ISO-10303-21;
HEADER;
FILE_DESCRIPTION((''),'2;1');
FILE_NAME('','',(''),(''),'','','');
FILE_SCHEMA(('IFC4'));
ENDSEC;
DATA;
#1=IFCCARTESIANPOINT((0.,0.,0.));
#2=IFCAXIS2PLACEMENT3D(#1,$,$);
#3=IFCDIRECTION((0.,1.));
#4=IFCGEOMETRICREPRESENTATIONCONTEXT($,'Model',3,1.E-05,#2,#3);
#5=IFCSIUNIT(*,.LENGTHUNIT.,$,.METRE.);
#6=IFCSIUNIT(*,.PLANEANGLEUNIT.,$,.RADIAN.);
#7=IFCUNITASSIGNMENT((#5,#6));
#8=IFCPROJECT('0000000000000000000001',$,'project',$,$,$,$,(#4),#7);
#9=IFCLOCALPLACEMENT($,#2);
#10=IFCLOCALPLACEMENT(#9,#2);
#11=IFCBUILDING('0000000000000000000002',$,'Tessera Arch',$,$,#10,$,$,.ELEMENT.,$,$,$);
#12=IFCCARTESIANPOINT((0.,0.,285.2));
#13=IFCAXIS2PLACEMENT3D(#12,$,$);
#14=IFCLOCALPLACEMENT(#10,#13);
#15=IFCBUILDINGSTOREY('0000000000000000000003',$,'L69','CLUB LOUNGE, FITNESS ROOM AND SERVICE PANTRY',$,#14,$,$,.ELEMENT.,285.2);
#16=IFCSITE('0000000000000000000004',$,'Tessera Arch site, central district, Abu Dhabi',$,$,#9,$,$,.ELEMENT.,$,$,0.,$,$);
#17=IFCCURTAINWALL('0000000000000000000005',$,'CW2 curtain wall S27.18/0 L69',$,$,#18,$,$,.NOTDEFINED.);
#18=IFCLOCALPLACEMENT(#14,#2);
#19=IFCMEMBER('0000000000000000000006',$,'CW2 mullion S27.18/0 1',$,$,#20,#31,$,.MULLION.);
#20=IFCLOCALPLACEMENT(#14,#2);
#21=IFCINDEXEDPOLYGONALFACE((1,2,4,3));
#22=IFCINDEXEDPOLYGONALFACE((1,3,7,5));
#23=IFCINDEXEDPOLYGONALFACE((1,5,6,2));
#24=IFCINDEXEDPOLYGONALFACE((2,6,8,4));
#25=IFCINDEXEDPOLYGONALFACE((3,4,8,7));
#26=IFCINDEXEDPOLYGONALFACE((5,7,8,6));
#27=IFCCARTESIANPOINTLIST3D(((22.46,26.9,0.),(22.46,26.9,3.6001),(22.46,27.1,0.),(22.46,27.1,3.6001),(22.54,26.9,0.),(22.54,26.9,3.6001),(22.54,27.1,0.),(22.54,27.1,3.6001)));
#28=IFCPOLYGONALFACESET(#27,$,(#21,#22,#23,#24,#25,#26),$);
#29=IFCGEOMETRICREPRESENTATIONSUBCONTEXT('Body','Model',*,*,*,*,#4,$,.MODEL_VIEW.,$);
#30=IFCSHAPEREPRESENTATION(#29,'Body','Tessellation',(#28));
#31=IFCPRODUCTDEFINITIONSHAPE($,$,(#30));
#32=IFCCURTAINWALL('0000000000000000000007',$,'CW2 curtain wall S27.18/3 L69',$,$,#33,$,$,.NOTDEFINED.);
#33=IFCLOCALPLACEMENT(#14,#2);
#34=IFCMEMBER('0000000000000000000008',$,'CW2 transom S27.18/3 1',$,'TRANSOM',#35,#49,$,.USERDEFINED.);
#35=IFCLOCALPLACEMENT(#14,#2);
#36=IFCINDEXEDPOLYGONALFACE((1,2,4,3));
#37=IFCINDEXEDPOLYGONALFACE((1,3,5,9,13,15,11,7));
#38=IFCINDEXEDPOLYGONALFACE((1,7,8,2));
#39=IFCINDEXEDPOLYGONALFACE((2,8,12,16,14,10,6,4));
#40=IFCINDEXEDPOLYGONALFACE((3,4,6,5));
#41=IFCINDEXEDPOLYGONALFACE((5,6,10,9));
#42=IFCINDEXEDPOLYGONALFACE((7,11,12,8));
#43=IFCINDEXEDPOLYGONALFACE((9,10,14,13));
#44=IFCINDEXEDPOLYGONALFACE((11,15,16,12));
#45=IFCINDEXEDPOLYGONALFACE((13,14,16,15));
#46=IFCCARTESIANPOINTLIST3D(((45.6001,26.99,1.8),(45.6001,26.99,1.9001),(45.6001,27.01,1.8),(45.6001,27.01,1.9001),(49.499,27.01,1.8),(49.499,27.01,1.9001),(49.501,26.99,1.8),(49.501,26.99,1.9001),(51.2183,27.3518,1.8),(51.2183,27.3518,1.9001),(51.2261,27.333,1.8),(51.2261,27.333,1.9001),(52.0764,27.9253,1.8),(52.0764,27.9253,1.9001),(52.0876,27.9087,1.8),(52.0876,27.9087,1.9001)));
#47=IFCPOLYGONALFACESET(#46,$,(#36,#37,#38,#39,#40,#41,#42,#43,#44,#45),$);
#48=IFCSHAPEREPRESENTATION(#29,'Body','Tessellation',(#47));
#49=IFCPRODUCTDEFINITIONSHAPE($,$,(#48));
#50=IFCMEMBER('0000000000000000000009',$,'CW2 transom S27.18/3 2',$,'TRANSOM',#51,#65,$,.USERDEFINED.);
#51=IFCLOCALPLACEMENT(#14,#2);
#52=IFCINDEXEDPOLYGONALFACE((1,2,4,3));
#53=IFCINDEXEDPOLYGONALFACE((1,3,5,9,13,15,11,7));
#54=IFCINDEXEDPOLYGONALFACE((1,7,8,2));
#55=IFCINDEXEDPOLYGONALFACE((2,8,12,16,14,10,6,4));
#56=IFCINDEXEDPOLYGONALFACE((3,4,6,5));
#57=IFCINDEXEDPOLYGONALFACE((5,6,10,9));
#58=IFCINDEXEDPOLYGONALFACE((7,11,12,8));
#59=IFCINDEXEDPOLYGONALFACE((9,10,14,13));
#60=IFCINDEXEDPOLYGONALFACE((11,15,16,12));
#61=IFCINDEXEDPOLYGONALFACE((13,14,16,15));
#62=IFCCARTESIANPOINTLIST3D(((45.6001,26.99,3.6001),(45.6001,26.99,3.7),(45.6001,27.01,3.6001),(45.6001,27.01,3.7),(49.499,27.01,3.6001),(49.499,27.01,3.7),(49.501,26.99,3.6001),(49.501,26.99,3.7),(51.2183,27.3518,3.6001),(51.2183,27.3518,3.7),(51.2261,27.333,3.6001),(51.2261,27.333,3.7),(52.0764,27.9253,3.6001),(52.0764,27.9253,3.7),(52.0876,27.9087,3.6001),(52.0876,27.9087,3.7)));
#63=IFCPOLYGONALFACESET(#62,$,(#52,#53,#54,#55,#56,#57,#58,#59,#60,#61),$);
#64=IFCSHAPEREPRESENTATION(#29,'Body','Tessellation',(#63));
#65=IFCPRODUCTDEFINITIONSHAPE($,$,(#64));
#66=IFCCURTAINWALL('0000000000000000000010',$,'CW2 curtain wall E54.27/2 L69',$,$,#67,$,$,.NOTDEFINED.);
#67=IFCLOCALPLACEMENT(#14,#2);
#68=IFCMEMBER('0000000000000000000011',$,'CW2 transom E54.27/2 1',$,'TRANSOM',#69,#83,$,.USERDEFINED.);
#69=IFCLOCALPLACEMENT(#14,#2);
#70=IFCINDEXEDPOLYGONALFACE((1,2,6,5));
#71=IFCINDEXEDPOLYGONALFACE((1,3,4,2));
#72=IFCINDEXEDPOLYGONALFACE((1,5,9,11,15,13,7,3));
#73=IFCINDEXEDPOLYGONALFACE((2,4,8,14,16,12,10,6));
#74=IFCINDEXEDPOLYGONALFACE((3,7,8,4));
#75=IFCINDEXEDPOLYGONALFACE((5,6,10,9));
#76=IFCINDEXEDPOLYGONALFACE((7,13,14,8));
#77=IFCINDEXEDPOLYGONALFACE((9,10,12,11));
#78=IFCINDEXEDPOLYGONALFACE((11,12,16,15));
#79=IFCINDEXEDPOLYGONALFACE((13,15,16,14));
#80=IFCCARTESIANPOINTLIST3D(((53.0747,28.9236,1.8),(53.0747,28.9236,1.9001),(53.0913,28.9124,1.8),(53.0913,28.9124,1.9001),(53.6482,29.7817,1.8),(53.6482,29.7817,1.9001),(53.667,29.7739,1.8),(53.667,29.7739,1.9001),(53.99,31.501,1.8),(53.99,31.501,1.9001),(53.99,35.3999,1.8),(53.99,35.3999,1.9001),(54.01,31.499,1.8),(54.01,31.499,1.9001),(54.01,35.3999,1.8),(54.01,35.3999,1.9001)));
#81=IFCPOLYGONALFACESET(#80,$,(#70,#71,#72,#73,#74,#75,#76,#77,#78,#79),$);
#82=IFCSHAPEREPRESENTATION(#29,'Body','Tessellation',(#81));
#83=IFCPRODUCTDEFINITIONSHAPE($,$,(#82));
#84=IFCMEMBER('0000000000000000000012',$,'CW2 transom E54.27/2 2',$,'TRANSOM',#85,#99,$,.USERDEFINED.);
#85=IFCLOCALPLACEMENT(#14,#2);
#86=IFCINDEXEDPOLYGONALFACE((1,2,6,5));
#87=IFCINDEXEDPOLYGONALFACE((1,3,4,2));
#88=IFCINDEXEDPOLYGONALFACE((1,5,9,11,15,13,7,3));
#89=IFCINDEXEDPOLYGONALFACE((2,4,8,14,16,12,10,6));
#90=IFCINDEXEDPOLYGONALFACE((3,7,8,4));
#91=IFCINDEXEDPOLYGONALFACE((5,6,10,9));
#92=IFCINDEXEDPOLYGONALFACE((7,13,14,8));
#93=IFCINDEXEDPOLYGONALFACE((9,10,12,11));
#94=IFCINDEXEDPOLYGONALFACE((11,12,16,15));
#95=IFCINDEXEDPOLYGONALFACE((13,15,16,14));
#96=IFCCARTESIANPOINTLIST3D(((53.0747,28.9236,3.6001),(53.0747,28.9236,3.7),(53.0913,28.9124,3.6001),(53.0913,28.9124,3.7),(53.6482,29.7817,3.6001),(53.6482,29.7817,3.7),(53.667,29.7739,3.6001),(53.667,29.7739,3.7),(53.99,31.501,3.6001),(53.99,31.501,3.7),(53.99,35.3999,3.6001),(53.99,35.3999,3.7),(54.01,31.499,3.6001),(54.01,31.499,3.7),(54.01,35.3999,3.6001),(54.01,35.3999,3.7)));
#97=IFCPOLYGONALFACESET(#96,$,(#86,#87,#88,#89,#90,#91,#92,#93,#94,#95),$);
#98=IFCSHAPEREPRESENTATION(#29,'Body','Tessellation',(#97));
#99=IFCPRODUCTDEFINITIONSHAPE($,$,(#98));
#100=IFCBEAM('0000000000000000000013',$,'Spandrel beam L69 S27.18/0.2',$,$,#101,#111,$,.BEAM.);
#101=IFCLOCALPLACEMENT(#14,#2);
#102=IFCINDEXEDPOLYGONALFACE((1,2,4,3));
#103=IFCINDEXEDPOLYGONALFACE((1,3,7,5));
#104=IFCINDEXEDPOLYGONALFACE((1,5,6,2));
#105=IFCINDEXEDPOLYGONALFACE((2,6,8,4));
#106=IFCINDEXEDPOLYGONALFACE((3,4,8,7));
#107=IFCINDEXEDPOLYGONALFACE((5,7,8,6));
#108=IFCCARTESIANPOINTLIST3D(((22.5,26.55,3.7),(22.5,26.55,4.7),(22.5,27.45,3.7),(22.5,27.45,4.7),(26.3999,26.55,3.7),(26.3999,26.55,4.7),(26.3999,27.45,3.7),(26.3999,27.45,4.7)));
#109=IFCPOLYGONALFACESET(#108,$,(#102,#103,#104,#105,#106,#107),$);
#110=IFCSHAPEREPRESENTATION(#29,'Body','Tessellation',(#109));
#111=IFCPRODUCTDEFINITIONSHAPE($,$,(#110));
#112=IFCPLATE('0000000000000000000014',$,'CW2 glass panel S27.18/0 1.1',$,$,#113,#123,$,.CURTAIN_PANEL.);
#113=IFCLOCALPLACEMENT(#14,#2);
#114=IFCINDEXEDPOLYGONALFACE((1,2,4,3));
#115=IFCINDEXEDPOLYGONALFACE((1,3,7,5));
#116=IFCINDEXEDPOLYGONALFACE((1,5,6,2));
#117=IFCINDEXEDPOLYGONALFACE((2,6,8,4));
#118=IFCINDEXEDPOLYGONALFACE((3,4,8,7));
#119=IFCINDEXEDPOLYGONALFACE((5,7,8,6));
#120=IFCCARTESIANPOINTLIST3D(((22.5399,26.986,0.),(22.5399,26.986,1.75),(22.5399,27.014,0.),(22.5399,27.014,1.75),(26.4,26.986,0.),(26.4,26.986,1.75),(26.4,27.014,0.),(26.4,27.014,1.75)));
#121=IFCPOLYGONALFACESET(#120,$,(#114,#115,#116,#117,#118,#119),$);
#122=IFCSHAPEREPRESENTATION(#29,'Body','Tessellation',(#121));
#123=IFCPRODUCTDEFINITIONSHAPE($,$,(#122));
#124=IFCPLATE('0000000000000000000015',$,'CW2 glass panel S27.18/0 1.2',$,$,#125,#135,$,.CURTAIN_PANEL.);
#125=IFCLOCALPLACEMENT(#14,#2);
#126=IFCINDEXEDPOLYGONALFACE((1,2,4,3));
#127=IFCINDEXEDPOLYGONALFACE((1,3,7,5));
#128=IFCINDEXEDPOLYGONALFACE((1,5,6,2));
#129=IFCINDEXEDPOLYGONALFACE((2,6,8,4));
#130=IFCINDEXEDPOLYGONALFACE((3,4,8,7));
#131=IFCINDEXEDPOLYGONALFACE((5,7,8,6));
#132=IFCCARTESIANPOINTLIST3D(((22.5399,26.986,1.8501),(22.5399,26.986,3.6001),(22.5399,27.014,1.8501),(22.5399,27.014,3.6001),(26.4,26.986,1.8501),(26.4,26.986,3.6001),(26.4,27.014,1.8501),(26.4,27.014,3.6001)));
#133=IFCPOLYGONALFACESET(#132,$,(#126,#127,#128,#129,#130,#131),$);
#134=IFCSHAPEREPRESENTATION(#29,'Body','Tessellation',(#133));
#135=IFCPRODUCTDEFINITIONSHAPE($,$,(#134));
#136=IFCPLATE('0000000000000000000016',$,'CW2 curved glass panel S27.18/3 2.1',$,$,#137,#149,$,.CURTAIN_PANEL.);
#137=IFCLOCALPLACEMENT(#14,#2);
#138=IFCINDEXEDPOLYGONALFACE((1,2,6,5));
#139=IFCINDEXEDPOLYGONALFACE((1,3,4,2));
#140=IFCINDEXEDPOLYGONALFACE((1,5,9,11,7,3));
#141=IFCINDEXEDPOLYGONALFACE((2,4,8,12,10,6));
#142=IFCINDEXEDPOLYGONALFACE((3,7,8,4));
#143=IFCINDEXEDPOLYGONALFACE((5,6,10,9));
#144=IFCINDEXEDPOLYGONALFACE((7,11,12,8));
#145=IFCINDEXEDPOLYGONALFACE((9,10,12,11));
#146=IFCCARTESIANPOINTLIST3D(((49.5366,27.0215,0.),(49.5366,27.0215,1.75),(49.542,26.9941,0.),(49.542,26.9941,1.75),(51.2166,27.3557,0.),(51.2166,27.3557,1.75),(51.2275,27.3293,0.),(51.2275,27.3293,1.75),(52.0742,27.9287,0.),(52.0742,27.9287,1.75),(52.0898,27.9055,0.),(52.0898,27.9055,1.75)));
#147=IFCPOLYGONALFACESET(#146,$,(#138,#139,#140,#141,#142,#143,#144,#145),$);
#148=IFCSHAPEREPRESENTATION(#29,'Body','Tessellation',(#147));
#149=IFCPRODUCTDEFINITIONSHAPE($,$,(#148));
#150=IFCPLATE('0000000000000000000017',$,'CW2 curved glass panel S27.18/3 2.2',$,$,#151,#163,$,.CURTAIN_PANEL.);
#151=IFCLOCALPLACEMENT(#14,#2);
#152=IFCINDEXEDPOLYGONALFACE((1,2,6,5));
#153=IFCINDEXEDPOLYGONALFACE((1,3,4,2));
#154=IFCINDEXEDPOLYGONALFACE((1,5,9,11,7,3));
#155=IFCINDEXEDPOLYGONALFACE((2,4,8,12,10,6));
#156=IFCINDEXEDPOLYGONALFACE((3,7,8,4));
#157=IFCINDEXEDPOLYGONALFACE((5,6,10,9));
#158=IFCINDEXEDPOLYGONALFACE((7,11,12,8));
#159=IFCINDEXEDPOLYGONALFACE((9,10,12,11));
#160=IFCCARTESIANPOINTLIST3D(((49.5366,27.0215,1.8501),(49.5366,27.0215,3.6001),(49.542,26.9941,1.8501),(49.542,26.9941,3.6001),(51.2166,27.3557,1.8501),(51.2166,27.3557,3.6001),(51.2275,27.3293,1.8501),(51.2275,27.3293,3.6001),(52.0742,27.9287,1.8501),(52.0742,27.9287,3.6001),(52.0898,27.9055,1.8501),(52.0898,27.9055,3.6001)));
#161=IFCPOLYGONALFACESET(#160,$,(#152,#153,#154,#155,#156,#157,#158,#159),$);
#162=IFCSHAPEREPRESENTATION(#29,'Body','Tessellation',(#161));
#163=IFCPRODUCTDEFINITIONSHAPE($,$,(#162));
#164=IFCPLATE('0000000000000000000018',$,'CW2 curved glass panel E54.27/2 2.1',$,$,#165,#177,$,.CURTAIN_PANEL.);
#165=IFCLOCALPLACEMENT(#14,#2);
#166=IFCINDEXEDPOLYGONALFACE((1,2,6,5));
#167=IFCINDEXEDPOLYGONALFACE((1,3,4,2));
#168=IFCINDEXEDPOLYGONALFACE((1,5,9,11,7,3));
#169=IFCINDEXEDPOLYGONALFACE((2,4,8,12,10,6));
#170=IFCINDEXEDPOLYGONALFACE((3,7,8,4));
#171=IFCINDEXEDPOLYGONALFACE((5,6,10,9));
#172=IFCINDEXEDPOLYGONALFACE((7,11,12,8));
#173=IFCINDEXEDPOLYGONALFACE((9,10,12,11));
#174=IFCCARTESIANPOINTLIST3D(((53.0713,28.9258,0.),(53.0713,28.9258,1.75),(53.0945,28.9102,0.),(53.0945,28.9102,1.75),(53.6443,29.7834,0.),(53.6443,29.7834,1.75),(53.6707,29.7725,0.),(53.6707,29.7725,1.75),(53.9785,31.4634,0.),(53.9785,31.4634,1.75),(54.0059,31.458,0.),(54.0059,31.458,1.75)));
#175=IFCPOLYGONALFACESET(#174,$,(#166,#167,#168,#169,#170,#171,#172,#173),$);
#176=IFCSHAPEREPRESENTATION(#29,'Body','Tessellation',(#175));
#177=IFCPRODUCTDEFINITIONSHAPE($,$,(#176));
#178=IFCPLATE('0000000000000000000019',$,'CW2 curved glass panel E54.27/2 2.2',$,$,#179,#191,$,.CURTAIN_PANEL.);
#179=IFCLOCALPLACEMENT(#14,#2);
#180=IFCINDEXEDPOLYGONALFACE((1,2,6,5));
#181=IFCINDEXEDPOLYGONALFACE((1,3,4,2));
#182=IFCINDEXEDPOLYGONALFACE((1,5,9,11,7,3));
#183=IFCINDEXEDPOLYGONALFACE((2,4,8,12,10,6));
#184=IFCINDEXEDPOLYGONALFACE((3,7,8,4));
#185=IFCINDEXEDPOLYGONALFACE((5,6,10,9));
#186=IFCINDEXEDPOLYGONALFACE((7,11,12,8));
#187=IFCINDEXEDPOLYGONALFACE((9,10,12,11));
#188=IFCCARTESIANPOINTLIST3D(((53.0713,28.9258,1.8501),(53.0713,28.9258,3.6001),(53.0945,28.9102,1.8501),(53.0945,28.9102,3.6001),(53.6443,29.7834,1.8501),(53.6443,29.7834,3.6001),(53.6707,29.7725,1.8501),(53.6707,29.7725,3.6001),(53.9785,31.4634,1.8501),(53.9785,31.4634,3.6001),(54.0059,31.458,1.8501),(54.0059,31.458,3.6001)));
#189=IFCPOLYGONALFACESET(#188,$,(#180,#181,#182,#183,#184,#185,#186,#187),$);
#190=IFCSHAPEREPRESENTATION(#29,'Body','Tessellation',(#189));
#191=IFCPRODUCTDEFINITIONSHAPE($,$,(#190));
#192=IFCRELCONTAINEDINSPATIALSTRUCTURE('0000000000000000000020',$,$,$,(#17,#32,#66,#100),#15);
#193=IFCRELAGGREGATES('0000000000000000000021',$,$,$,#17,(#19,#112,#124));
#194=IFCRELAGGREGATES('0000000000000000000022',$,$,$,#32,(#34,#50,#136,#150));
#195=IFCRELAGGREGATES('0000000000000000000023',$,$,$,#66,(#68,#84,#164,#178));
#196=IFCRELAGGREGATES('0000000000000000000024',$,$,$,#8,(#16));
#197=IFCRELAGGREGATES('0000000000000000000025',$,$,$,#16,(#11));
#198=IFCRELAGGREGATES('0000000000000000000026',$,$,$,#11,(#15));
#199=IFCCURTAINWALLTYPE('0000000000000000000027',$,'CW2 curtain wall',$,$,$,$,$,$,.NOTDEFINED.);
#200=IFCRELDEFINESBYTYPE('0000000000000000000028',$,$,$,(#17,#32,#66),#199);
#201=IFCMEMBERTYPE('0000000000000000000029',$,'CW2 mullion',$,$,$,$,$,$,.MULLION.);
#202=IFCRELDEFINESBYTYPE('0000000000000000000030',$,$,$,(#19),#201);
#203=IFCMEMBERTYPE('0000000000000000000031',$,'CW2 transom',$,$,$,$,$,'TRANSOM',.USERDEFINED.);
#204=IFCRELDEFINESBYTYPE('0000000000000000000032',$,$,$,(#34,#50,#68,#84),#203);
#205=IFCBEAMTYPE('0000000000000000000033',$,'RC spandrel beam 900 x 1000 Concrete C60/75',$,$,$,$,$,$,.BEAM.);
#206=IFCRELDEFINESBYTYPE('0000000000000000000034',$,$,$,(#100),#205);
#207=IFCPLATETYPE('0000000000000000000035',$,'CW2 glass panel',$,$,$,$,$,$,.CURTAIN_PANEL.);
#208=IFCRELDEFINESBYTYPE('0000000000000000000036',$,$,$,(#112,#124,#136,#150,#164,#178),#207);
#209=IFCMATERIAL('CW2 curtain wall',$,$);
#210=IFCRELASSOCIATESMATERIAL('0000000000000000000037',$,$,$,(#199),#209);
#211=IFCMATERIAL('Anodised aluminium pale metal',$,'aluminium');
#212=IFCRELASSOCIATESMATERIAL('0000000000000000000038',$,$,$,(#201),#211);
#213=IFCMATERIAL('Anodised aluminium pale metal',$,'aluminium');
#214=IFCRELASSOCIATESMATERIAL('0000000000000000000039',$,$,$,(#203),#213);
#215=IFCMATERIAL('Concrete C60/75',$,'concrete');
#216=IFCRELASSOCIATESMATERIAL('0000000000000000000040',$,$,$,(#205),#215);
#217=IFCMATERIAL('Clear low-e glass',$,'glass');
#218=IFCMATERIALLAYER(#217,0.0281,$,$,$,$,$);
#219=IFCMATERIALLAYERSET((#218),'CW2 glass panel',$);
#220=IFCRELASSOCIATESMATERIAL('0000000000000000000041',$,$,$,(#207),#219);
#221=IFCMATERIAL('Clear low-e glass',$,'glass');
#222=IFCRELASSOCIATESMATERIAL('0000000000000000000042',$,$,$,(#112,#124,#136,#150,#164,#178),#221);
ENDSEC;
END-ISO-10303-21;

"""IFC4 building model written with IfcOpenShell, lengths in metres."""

from ifc_helpers import new_model, si_unit, direction, frame, origin, origin_2d, place, context, subcontext, project, spatial, polyline, rectangle, outline, extrude, material, layer, layer_set, material_profile, profile_set, type_object, element, aggregate, save


model = new_model("IFC4")

# Units and contexts
model_context = context("Model", 3, precision=1e-05, world=origin(), true_north=direction((0.0, 1.0)))
body_context = subcontext(model_context, "Body", "Model", "MODEL_VIEW")
ifc_project = project(units=[si_unit("LENGTHUNIT", "METRE"), si_unit("PLANEANGLEUNIT", "RADIAN")], contexts=[model_context])

# Site, building, storey
site_placement = place(None, origin())
site = spatial("IfcSite", under=ifc_project, at=site_placement, Name="Tessera Arch site, central district, Abu Dhabi", CompositionType="ELEMENT", RefElevation=0.0)
building_placement = place(site_placement, origin())
building = spatial("IfcBuilding", under=site, at=building_placement, Name="Tessera Arch", CompositionType="ELEMENT")
storey_placement = place(building_placement, frame((0.0, 0.0, 285.2)))
storey = spatial("IfcBuildingStorey", under=building, at=storey_placement, Name="L69", Description="CLUB LOUNGE, FITNESS ROOM AND SERVICE PANTRY", CompositionType="ELEMENT", Elevation=285.2)

# Curtain wall, member
ifc_material_1 = material(Name="CW2 curtain wall")
curtain_wall_type_1 = type_object("IfcCurtainWallType", Name="CW2 curtain wall", PredefinedType="NOTDEFINED", material=ifc_material_1)
curtain_wall_1_placement = place(storey_placement, origin())
curtain_wall_1 = element("IfcCurtainWall", 1, at=curtain_wall_1_placement, inside=storey, type_object=curtain_wall_type_1, Name="CW2 curtain wall S27.18/0 L69", PredefinedType="NOTDEFINED")
ifc_material_2 = material(Name="Anodised aluminium pale metal", Category="aluminium")
ifc_material_profile_1 = material_profile(ifc_material_2, rectangle(XDim=0.2, YDim=0.0801, at=origin_2d()), Name="AL 80x200")
ifc_profile_set_1 = profile_set([ifc_material_profile_1], Name="Anodised aluminium pale metal")
member_type_1 = type_object("IfcMemberType", Name="CW2 mullion", PredefinedType="MULLION", material=ifc_profile_set_1)
member_1_placement = place(storey_placement, frame((22.5, 27.0, 0.0), z_axis=(0.0, 0.0, 1.0), x_axis=(0.0, 1.0, 0.0)))
member_1 = element("IfcMember", 2, at=member_1_placement, type_object=member_type_1, Name="CW2 mullion S27.18/0 1", PredefinedType="MULLION", context=body_context, shape_type="SweptSolid", body=[
    extrude(rectangle(XDim=0.2, YDim=0.0801, at=origin_2d()), origin(), (0.0, 0.0, 1.0), 3.6001),
])

# Curtain walls, members
curtain_wall_2_placement = place(storey_placement, origin())
curtain_wall_2 = element("IfcCurtainWall", 3, at=curtain_wall_2_placement, inside=storey, type_object=curtain_wall_type_1, Name="CW2 curtain wall S27.18/3 L69", PredefinedType="NOTDEFINED")
ifc_material_3 = material(Name="Anodised aluminium pale metal", Category="aluminium")
ifc_material_profile_2 = material_profile(ifc_material_3, rectangle(XDim=0.2, YDim=0.1001, at=origin_2d()), Name="AL 200x100")
ifc_profile_set_2 = profile_set([ifc_material_profile_2], Name="Anodised aluminium pale metal")
member_type_2 = type_object("IfcMemberType", Name="CW2 transom", ElementType="TRANSOM", PredefinedType="USERDEFINED", material=ifc_profile_set_2)
member_2_placement = place(storey_placement, frame((0.0, 0.0, 1.8)))
member_2 = element("IfcMember", 4, at=member_2_placement, type_object=member_type_2, Name="CW2 transom S27.18/3 1", ObjectType="TRANSOM", PredefinedType="USERDEFINED", context=body_context, shape_type="SweptSolid", body=[
    extrude(outline(polyline([(49.499, 27.01), (45.6001, 27.01), (45.6001, 26.99), (49.501, 26.99), (51.2261, 27.333), (52.0876, 27.9087), (52.0764, 27.9253), (51.2183, 27.3518), (49.499, 27.01)])), origin(), (0.0, 0.0, 1.0), 0.1001),
])
member_3_placement = place(storey_placement, frame((0.0, 0.0, 3.6001)))
member_3 = element("IfcMember", 5, at=member_3_placement, type_object=member_type_2, Name="CW2 transom S27.18/3 2", ObjectType="TRANSOM", PredefinedType="USERDEFINED", context=body_context, shape_type="SweptSolid", body=[
    extrude(outline(polyline([(49.499, 27.01), (45.6001, 27.01), (45.6001, 26.99), (49.501, 26.99), (51.2261, 27.333), (52.0876, 27.9087), (52.0764, 27.9253), (51.2183, 27.3518), (49.499, 27.01)])), origin(), (0.0, 0.0, 1.0), 0.0999),
])
curtain_wall_3_placement = place(storey_placement, origin())
curtain_wall_3 = element("IfcCurtainWall", 6, at=curtain_wall_3_placement, inside=storey, type_object=curtain_wall_type_1, Name="CW2 curtain wall E54.27/2 L69", PredefinedType="NOTDEFINED")
member_4_placement = place(storey_placement, frame((0.0, 0.0, 1.8)))
member_4 = element("IfcMember", 7, at=member_4_placement, type_object=member_type_2, Name="CW2 transom E54.27/2 1", ObjectType="TRANSOM", PredefinedType="USERDEFINED", context=body_context, shape_type="SweptSolid", body=[
    extrude(outline(polyline([(53.6482, 29.7817), (53.0747, 28.9236), (53.0913, 28.9124), (53.667, 29.7739), (54.01, 31.499), (54.01, 35.3999), (53.99, 35.3999), (53.99, 31.501), (53.6482, 29.7817)])), origin(), (0.0, 0.0, 1.0), 0.1001),
])
member_5_placement = place(storey_placement, frame((0.0, 0.0, 3.6001)))
member_5 = element("IfcMember", 8, at=member_5_placement, type_object=member_type_2, Name="CW2 transom E54.27/2 2", ObjectType="TRANSOM", PredefinedType="USERDEFINED", context=body_context, shape_type="SweptSolid", body=[
    extrude(outline(polyline([(53.6482, 29.7817), (53.0747, 28.9236), (53.0913, 28.9124), (53.667, 29.7739), (54.01, 31.499), (54.01, 35.3999), (53.99, 35.3999), (53.99, 31.501), (53.6482, 29.7817)])), origin(), (0.0, 0.0, 1.0), 0.0999),
])

# Beam
ifc_material_4 = material(Name="Concrete C60/75", Category="concrete")
ifc_material_profile_3 = material_profile(ifc_material_4, rectangle(XDim=0.8999, YDim=1.0, at=origin_2d()), Name="RC spandrel beam 900 x 1000 Concrete C60/75")
ifc_profile_set_3 = profile_set([ifc_material_profile_3], Name="Concrete C60/75")
beam_type = type_object("IfcBeamType", Name="RC spandrel beam 900 x 1000 Concrete C60/75", PredefinedType="BEAM", material=ifc_profile_set_3)
beam_placement = place(storey_placement, frame((22.5, 27.0, 4.2), z_axis=(1.0, 0.0, 0.0), x_axis=(0.0, 1.0, 0.0)))
element("IfcBeam", 9, at=beam_placement, inside=storey, type_object=beam_type, Name="Spandrel beam L69 S27.18/0.2", PredefinedType="BEAM", context=body_context, shape_type="SweptSolid", body=[
    extrude(rectangle(XDim=0.8999, YDim=1.0, at=origin_2d()), origin(), (0.0, 0.0, 1.0), 3.8999),
])

# Plates
ifc_material_5 = material(Name="Clear low-e glass", Category="glass")
ifc_material_6 = material(Name="Clear low-e glass", Category="glass")
ifc_layer_1 = layer(ifc_material_6, 0.0281)
ifc_layer_set_1 = layer_set([ifc_layer_1], Name="CW2 glass panel")
plate_type_1 = type_object("IfcPlateType", Name="CW2 glass panel", PredefinedType="CURTAIN_PANEL", material=ifc_layer_set_1)
plate_1_placement = place(storey_placement, frame((24.47, 27.0, 0.0), z_axis=(0.0, 0.0, 1.0), x_axis=(1.0, 0.0, 0.0)))
plate_1 = element("IfcPlate", 10, at=plate_1_placement, type_object=plate_type_1, material=ifc_material_5, Name="CW2 glass panel S27.18/0 1.1", PredefinedType="CURTAIN_PANEL", context=body_context, shape_type="SweptSolid", body=[
    extrude(rectangle(XDim=3.8601, YDim=0.0281, at=origin_2d()), origin(), (0.0, 0.0, 1.0), 1.75),
])
plate_2_placement = place(storey_placement, frame((24.47, 27.0, 1.8501), z_axis=(0.0, 0.0, 1.0), x_axis=(1.0, 0.0, 0.0)))
plate_2 = element("IfcPlate", 11, at=plate_2_placement, type_object=plate_type_1, material=ifc_material_5, Name="CW2 glass panel S27.18/0 1.2", PredefinedType="CURTAIN_PANEL", context=body_context, shape_type="SweptSolid", body=[
    extrude(rectangle(XDim=3.8601, YDim=0.0281, at=origin_2d()), origin(), (0.0, 0.0, 1.0), 1.75),
])
plate_3_placement = place(storey_placement, origin())
plate_3 = element("IfcPlate", 12, at=plate_3_placement, type_object=plate_type_1, material=ifc_material_5, Name="CW2 curved glass panel S27.18/3 2.1", PredefinedType="CURTAIN_PANEL", context=body_context, shape_type="SweptSolid", body=[
    extrude(outline(polyline([(51.2166, 27.3557), (49.5366, 27.0215), (49.542, 26.9941), (51.2275, 27.3293), (52.0898, 27.9055), (52.0742, 27.9287), (51.2166, 27.3557)])), origin(), (0.0, 0.0, 1.0), 1.75),
])
plate_4_placement = place(storey_placement, frame((0.0, 0.0, 1.8501)))
plate_4 = element("IfcPlate", 13, at=plate_4_placement, type_object=plate_type_1, material=ifc_material_5, Name="CW2 curved glass panel S27.18/3 2.2", PredefinedType="CURTAIN_PANEL", context=body_context, shape_type="SweptSolid", body=[
    extrude(outline(polyline([(51.2166, 27.3557), (49.5366, 27.0215), (49.542, 26.9941), (51.2275, 27.3293), (52.0898, 27.9055), (52.0742, 27.9287), (51.2166, 27.3557)])), origin(), (0.0, 0.0, 1.0), 1.75),
])
plate_5_placement = place(storey_placement, origin())
plate_5 = element("IfcPlate", 14, at=plate_5_placement, type_object=plate_type_1, material=ifc_material_5, Name="CW2 curved glass panel E54.27/2 2.1", PredefinedType="CURTAIN_PANEL", context=body_context, shape_type="SweptSolid", body=[
    extrude(outline(polyline([(53.6443, 29.7834), (53.0713, 28.9258), (53.0945, 28.9102), (53.6707, 29.7725), (54.0059, 31.458), (53.9785, 31.4634), (53.6443, 29.7834)])), origin(), (0.0, 0.0, 1.0), 1.75),
])
plate_6_placement = place(storey_placement, frame((0.0, 0.0, 1.8501)))
plate_6 = element("IfcPlate", 15, at=plate_6_placement, type_object=plate_type_1, material=ifc_material_5, Name="CW2 curved glass panel E54.27/2 2.2", PredefinedType="CURTAIN_PANEL", context=body_context, shape_type="SweptSolid", body=[
    extrude(outline(polyline([(53.6443, 29.7834), (53.0713, 28.9258), (53.0945, 28.9102), (53.6707, 29.7725), (54.0059, 31.458), (53.9785, 31.4634), (53.6443, 29.7834)])), origin(), (0.0, 0.0, 1.0), 1.75),
])
aggregate(curtain_wall_1, [member_1, plate_1, plate_2])
aggregate(curtain_wall_2, [member_2, member_3, plate_3, plate_4])
aggregate(curtain_wall_3, [member_4, member_5, plate_5, plate_6])

save(model, "model.ifc")
